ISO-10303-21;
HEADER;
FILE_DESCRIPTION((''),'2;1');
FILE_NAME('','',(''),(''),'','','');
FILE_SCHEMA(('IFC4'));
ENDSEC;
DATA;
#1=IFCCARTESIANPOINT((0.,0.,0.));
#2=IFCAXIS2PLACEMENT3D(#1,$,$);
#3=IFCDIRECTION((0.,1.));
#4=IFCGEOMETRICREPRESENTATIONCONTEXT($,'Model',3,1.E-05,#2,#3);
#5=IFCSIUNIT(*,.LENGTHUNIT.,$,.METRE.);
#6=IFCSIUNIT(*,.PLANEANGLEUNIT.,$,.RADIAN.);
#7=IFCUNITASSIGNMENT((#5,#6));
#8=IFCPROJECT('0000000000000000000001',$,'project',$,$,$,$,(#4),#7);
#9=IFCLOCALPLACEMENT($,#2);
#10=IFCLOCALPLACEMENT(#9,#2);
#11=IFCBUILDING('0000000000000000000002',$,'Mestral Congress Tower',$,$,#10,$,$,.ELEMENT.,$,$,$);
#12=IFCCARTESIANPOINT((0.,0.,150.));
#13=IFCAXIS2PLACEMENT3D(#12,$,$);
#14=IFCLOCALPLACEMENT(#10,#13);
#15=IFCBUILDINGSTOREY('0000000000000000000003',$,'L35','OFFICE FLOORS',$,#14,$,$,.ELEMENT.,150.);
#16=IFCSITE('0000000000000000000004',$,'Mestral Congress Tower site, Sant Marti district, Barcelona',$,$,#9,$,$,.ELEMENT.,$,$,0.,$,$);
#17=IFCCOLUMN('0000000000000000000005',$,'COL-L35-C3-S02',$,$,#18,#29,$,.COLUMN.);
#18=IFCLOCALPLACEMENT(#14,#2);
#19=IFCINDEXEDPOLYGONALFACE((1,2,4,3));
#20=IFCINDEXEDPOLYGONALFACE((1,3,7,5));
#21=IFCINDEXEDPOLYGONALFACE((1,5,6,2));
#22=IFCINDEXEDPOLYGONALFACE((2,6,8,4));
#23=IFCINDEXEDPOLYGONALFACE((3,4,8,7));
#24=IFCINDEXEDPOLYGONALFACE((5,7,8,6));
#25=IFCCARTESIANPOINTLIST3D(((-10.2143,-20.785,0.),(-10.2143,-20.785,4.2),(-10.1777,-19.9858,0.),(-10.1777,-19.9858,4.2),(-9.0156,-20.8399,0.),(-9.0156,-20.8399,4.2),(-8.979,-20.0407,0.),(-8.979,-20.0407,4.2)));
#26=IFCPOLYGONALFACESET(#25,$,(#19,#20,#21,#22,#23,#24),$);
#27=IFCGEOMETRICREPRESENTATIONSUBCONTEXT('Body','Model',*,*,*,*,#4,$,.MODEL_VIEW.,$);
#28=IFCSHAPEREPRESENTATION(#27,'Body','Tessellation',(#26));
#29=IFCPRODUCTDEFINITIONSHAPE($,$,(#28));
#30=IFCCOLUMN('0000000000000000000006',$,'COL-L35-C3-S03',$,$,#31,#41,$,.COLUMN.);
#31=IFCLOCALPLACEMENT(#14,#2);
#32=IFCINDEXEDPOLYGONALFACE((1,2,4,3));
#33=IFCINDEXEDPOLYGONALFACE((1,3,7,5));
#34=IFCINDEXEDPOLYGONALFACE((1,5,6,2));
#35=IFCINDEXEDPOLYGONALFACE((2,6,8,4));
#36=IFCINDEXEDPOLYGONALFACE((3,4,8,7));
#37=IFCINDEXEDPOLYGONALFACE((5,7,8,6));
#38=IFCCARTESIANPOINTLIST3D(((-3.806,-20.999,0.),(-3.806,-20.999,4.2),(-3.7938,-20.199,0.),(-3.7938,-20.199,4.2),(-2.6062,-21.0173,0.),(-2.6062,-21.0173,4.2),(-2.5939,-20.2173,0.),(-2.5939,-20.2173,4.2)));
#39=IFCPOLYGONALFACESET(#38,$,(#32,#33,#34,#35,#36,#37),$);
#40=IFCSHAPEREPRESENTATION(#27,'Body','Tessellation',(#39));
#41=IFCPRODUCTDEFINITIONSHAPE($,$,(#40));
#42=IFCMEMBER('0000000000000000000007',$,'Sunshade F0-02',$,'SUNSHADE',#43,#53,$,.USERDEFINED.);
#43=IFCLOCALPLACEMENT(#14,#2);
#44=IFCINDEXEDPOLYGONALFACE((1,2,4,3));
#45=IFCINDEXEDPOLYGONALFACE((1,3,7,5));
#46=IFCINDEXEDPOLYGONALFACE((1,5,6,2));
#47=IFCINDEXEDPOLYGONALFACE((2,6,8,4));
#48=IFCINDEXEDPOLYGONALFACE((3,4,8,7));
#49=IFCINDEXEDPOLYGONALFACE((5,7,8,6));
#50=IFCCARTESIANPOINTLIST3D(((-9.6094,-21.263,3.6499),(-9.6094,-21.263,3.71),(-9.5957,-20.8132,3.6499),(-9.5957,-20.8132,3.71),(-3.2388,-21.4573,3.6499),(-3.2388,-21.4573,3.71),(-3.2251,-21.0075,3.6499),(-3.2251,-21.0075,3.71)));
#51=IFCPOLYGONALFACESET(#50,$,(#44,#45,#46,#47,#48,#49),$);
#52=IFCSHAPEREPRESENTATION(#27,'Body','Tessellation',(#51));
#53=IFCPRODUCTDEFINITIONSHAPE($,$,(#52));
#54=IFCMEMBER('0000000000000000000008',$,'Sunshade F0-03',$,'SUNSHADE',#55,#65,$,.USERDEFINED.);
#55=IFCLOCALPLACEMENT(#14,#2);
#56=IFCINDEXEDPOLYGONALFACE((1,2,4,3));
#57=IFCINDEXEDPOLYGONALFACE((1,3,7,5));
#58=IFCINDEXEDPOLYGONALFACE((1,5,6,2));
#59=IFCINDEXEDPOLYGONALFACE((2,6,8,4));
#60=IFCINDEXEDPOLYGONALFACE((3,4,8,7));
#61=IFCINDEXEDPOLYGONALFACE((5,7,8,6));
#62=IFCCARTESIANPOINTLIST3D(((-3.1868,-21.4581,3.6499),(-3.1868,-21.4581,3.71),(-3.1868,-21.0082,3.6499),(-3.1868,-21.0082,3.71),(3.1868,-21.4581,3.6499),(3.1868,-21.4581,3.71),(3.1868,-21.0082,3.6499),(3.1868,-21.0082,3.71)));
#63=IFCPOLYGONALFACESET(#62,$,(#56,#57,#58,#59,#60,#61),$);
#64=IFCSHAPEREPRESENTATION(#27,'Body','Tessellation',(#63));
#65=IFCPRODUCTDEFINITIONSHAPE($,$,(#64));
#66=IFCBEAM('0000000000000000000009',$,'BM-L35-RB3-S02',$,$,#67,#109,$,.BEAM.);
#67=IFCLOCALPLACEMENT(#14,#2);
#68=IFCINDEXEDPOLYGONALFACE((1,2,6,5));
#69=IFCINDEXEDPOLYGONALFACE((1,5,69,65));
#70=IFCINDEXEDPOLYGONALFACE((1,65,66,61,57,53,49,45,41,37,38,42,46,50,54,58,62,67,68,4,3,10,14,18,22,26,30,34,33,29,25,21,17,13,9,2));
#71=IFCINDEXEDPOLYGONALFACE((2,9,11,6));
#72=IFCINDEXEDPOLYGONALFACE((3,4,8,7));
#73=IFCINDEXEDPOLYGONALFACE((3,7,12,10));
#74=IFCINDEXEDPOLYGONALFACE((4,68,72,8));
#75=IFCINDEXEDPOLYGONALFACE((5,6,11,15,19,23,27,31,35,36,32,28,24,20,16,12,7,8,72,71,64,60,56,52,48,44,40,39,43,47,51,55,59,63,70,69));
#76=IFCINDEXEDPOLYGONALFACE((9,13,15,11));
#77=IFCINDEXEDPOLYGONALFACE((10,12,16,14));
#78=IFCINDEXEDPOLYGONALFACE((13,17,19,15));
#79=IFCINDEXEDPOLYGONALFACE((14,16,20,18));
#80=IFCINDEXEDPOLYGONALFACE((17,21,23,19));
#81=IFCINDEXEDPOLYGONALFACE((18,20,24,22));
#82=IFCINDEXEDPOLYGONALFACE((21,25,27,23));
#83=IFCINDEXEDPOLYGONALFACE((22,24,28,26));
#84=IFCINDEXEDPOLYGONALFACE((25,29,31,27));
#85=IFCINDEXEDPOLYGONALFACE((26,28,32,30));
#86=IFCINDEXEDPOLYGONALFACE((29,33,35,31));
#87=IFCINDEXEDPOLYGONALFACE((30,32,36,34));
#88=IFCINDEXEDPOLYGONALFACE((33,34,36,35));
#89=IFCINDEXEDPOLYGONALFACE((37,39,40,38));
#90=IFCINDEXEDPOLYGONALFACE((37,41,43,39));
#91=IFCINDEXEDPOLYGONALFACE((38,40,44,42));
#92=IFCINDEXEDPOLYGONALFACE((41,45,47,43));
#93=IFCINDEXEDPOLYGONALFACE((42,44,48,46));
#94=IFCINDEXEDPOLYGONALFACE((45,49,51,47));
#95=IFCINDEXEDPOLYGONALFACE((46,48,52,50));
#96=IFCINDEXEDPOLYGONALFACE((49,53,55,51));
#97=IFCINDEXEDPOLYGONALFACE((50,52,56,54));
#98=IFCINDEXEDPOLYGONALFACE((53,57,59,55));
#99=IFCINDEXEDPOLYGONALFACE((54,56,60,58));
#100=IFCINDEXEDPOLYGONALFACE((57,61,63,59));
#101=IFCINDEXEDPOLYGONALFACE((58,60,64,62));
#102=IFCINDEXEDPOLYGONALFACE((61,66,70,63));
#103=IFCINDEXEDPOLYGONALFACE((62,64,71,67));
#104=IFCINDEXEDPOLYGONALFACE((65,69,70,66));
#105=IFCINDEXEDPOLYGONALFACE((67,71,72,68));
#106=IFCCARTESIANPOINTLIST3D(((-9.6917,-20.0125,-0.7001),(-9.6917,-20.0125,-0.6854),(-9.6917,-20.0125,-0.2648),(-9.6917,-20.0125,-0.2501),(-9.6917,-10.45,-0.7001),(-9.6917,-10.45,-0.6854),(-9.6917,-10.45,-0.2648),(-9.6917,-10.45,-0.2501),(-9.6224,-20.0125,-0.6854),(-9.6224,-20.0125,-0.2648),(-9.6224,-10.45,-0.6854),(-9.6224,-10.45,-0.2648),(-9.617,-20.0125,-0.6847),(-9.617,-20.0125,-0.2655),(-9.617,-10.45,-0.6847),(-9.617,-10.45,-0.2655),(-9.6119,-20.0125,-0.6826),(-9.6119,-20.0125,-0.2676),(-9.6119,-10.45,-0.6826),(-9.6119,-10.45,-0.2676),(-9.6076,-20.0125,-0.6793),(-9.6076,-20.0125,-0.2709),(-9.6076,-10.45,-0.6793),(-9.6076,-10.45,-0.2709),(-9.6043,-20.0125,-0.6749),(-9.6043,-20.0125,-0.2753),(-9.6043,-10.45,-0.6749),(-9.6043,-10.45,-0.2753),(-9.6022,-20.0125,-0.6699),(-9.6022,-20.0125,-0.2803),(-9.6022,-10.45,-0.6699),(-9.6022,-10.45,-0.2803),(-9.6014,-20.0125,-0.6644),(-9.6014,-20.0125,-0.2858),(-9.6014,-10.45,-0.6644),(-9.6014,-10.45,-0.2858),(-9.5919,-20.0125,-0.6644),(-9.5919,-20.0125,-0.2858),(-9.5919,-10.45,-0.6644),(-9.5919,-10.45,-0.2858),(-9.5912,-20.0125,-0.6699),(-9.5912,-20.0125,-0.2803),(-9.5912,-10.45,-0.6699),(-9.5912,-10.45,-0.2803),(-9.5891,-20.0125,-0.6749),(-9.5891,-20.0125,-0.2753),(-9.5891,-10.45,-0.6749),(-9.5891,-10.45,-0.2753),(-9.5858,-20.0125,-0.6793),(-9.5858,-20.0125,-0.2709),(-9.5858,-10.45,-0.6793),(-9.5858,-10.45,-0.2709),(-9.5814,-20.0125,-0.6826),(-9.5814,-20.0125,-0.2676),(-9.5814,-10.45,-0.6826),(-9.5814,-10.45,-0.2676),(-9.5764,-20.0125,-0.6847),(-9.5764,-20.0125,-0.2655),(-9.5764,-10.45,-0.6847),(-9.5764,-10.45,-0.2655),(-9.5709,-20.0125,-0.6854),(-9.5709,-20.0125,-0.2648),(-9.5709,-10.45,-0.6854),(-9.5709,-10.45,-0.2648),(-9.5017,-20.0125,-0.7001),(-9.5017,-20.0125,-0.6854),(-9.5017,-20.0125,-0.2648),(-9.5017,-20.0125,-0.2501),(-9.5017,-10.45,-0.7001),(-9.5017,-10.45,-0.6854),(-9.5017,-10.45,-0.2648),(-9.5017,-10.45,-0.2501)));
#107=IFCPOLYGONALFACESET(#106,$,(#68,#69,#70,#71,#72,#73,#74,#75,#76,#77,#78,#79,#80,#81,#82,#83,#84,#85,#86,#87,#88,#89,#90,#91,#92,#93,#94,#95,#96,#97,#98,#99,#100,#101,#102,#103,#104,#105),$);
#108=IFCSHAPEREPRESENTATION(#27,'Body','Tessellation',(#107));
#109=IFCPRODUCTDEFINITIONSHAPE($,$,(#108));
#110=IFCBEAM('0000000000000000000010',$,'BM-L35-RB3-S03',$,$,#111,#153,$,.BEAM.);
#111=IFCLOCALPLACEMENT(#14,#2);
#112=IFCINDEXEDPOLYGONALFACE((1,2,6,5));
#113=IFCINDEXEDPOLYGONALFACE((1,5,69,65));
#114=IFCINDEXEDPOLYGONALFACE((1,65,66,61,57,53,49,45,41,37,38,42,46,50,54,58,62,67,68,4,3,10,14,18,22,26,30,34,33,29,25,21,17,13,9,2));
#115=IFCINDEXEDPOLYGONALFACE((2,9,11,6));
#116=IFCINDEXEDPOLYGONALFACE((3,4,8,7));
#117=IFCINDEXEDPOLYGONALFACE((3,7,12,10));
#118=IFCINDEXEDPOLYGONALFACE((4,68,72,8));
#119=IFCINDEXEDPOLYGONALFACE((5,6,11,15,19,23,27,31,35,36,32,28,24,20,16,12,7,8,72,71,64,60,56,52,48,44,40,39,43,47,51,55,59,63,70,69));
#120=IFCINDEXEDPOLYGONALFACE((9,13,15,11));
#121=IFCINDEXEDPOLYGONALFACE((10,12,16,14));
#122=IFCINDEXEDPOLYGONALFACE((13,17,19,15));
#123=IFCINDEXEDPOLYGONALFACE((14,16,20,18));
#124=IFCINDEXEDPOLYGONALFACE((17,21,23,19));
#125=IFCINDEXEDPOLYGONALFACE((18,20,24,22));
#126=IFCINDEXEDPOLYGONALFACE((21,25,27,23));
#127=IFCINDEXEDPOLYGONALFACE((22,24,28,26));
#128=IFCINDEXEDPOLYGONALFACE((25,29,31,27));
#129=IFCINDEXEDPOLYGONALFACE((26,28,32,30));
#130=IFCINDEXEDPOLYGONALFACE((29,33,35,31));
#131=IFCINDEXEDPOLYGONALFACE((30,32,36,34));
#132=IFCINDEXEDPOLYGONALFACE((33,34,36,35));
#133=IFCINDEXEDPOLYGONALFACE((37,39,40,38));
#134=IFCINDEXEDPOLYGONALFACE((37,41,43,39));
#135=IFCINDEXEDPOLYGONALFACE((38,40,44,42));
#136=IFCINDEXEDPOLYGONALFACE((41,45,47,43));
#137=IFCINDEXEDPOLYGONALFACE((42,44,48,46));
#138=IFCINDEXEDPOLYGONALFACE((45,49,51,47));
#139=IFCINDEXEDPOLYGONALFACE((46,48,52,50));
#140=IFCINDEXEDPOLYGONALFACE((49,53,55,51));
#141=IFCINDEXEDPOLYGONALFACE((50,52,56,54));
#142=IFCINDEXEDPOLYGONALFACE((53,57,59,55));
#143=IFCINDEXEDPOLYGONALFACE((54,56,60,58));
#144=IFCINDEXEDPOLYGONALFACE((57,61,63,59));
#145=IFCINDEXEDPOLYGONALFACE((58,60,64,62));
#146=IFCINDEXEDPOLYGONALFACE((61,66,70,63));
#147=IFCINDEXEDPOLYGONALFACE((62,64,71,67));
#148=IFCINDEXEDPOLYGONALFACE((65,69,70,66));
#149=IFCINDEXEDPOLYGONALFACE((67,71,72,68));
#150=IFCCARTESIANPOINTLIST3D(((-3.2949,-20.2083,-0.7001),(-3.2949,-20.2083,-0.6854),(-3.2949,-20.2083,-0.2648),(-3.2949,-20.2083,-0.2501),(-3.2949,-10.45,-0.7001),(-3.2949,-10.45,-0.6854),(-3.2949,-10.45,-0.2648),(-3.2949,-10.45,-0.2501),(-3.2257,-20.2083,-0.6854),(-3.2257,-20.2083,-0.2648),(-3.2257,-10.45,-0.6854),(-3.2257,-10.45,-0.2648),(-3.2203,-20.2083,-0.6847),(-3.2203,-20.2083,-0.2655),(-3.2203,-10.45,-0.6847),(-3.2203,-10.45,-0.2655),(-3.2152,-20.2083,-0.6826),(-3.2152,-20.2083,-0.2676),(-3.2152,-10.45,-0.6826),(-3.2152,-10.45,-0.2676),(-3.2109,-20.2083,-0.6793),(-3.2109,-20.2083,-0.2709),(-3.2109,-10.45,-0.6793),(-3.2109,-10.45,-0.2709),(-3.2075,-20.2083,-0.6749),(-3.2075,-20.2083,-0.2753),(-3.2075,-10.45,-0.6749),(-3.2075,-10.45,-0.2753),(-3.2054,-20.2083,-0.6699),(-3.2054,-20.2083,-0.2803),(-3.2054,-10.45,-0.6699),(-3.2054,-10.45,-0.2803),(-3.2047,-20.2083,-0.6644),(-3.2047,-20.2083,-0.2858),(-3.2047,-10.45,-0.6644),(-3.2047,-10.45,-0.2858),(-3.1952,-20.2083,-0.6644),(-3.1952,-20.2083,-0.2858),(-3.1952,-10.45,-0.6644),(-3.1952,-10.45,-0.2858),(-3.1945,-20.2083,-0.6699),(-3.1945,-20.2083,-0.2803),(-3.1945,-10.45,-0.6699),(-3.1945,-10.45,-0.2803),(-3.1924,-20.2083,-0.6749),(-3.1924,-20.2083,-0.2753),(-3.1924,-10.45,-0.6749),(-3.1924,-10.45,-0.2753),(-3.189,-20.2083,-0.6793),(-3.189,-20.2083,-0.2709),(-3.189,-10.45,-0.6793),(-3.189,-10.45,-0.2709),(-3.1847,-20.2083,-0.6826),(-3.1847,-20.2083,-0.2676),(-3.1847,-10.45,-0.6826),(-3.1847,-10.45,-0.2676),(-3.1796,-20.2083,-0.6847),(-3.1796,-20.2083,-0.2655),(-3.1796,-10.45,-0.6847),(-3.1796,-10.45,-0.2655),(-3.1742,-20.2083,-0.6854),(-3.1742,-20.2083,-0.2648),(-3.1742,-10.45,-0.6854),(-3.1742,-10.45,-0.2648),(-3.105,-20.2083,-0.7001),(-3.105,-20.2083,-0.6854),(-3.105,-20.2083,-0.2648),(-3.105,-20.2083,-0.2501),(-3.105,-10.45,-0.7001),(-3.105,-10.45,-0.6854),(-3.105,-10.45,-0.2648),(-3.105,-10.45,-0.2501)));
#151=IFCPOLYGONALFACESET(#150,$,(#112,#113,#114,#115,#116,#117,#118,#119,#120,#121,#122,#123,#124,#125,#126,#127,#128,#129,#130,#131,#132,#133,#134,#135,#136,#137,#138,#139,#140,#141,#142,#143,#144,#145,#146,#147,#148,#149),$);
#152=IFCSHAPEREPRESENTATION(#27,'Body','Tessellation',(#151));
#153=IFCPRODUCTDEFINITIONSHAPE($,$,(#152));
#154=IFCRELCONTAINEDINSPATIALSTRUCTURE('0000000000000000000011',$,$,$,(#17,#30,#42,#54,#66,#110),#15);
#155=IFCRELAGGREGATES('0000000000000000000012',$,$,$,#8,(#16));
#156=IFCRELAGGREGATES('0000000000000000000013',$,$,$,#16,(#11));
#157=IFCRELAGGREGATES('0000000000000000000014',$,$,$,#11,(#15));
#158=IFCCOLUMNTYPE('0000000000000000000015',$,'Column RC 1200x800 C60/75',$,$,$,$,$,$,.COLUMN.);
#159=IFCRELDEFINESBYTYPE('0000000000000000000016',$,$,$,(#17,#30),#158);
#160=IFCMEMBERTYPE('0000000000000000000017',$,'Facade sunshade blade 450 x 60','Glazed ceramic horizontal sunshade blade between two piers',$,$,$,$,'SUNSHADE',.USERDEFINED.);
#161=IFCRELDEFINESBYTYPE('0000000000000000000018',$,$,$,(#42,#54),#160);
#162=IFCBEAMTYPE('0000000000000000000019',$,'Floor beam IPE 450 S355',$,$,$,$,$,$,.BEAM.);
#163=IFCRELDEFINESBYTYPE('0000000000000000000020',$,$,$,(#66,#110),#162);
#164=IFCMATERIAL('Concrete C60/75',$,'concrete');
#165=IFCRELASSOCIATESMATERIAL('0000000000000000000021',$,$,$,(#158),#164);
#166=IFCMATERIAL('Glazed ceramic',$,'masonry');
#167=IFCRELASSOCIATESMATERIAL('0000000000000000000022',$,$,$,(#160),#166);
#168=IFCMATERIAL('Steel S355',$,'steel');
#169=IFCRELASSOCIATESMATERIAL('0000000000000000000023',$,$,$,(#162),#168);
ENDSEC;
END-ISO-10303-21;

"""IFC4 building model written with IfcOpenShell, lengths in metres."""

from ifc_helpers import new_model, si_unit, direction, frame, origin, origin_2d, place, context, subcontext, project, spatial, rectangle, i_section, extrude, material, material_profile, profile_set, type_object, element, save


model = new_model("IFC4")

# Units and contexts
model_context = context("Model", 3, precision=1e-05, world=origin(), true_north=direction((0.0, 1.0)))
body_context = subcontext(model_context, "Body", "Model", "MODEL_VIEW")
ifc_project = project(units=[si_unit("LENGTHUNIT", "METRE"), si_unit("PLANEANGLEUNIT", "RADIAN")], contexts=[model_context])

# Site, building, storey
site_placement = place(None, origin())
site = spatial("IfcSite", under=ifc_project, at=site_placement, Name="Mestral Congress Tower site, Sant Marti district, Barcelona", CompositionType="ELEMENT", RefElevation=0.0)
building_placement = place(site_placement, origin())
building = spatial("IfcBuilding", under=site, at=building_placement, Name="Mestral Congress Tower", CompositionType="ELEMENT")
storey_placement = place(building_placement, frame((0.0, 0.0, 150.0)))
storey = spatial("IfcBuildingStorey", under=building, at=storey_placement, Name="L35", Description="OFFICE FLOORS", CompositionType="ELEMENT", Elevation=150.0)

# Columns
ifc_material_1 = material(Name="Concrete C60/75", Category="concrete")
ifc_material_profile_1 = material_profile(ifc_material_1, rectangle(XDim=1.2, YDim=0.8, at=origin_2d()), Name="RC 1200x800")
ifc_profile_set_1 = profile_set([ifc_material_profile_1], Name="Concrete C60/75")
column_type = type_object("IfcColumnType", Name="Column RC 1200x800 C60/75", PredefinedType="COLUMN", material=ifc_profile_set_1)
for number, where, z_axis, x_axis, name in (
    (1, (-9.5967, -20.4128, 0.0), (0.0, 0.0, 1.0), (0.998952, -0.045771, 0.0), "COL-L35-C3-S02"),
    (2, (-3.2, -20.6082, 0.0), (0.0, 0.0, 1.0), (0.999884, -0.015262, 0.0), "COL-L35-C3-S03"),
):
    element("IfcColumn", number, at=place(storey_placement, frame(where, z_axis=z_axis, x_axis=x_axis)), inside=storey, type_object=column_type, Name=name, PredefinedType="COLUMN", context=body_context, shape_type="SweptSolid", body=[
        extrude(rectangle(XDim=1.2, YDim=0.8, at=origin_2d()), origin(), (0.0, 0.0, 1.0), 4.2),
    ])

# Members
ifc_material_2 = material(Name="Glazed ceramic", Category="masonry")
ifc_material_profile_2 = material_profile(ifc_material_2, rectangle(XDim=0.45, YDim=0.0601, at=origin_2d()), Name="Ceramic blade 450 x 60")
ifc_profile_set_2 = profile_set([ifc_material_profile_2], Name="Glazed ceramic")
member_type = type_object("IfcMemberType", Name="Facade sunshade blade 450 x 60", Description="Glazed ceramic horizontal sunshade blade between two piers", ElementType="SUNSHADE", PredefinedType="USERDEFINED", material=ifc_profile_set_2)
for number, where, z_axis, x_axis, name in (
    (3, (-9.6025, -21.0381, 3.6799), (0.999535, -0.030491, 0.0), (0.030491, 0.999535, 0.0), "Sunshade F0-02"),
    (4, (-3.1868, -21.2332, 3.6799), (1.0, 0.0, 0.0), (0.0, 1.0, 0.0), "Sunshade F0-03"),
):
    element("IfcMember", number, at=place(storey_placement, frame(where, z_axis=z_axis, x_axis=x_axis)), inside=storey, type_object=member_type, Name=name, ObjectType="SUNSHADE", PredefinedType="USERDEFINED", context=body_context, shape_type="SweptSolid", body=[
        extrude(rectangle(XDim=0.45, YDim=0.0601, at=origin_2d()), origin(), (0.0, 0.0, 1.0), 6.3735),
    ])

# Beams
ifc_material_3 = material(Name="Steel S355", Category="steel")
ifc_material_profile_3 = material_profile(ifc_material_3, i_section(OverallWidth=0.1899, OverallDepth=0.45, WebThickness=0.0095, FlangeThickness=0.0146, FilletRadius=0.021, at=origin_2d()), Name="IPE 450")
ifc_profile_set_3 = profile_set([ifc_material_profile_3], Name="Steel S355")
beam_type_1 = type_object("IfcBeamType", Name="Floor beam IPE 450 S355", PredefinedType="BEAM", material=ifc_profile_set_3)
beam_1_placement = place(storey_placement, frame((-9.5967, -20.0125, -0.4751), z_axis=(0.0, 1.0, 0.0), x_axis=(-1.0, 0.0, 0.0)))
element("IfcBeam", 5, at=beam_1_placement, inside=storey, type_object=beam_type_1, Name="BM-L35-RB3-S02", PredefinedType="BEAM", context=body_context, shape_type="SweptSolid", body=[
    extrude(i_section(OverallWidth=0.1899, OverallDepth=0.45, WebThickness=0.0095, FlangeThickness=0.0146, FilletRadius=0.021, at=origin_2d()), origin(), (0.0, 0.0, 1.0), 9.5625),
])
beam_2_placement = place(storey_placement, frame((-3.2, -20.2083, -0.4751), z_axis=(0.0, 1.0, 0.0), x_axis=(-1.0, 0.0, 0.0)))
element("IfcBeam", 6, at=beam_2_placement, inside=storey, type_object=beam_type_1, Name="BM-L35-RB3-S03", PredefinedType="BEAM", context=body_context, shape_type="SweptSolid", body=[
    extrude(i_section(OverallWidth=0.1899, OverallDepth=0.45, WebThickness=0.0095, FlangeThickness=0.0146, FilletRadius=0.021, at=origin_2d()), origin(), (0.0, 0.0, 1.0), 9.7583),
])

save(model, "model.ifc")
